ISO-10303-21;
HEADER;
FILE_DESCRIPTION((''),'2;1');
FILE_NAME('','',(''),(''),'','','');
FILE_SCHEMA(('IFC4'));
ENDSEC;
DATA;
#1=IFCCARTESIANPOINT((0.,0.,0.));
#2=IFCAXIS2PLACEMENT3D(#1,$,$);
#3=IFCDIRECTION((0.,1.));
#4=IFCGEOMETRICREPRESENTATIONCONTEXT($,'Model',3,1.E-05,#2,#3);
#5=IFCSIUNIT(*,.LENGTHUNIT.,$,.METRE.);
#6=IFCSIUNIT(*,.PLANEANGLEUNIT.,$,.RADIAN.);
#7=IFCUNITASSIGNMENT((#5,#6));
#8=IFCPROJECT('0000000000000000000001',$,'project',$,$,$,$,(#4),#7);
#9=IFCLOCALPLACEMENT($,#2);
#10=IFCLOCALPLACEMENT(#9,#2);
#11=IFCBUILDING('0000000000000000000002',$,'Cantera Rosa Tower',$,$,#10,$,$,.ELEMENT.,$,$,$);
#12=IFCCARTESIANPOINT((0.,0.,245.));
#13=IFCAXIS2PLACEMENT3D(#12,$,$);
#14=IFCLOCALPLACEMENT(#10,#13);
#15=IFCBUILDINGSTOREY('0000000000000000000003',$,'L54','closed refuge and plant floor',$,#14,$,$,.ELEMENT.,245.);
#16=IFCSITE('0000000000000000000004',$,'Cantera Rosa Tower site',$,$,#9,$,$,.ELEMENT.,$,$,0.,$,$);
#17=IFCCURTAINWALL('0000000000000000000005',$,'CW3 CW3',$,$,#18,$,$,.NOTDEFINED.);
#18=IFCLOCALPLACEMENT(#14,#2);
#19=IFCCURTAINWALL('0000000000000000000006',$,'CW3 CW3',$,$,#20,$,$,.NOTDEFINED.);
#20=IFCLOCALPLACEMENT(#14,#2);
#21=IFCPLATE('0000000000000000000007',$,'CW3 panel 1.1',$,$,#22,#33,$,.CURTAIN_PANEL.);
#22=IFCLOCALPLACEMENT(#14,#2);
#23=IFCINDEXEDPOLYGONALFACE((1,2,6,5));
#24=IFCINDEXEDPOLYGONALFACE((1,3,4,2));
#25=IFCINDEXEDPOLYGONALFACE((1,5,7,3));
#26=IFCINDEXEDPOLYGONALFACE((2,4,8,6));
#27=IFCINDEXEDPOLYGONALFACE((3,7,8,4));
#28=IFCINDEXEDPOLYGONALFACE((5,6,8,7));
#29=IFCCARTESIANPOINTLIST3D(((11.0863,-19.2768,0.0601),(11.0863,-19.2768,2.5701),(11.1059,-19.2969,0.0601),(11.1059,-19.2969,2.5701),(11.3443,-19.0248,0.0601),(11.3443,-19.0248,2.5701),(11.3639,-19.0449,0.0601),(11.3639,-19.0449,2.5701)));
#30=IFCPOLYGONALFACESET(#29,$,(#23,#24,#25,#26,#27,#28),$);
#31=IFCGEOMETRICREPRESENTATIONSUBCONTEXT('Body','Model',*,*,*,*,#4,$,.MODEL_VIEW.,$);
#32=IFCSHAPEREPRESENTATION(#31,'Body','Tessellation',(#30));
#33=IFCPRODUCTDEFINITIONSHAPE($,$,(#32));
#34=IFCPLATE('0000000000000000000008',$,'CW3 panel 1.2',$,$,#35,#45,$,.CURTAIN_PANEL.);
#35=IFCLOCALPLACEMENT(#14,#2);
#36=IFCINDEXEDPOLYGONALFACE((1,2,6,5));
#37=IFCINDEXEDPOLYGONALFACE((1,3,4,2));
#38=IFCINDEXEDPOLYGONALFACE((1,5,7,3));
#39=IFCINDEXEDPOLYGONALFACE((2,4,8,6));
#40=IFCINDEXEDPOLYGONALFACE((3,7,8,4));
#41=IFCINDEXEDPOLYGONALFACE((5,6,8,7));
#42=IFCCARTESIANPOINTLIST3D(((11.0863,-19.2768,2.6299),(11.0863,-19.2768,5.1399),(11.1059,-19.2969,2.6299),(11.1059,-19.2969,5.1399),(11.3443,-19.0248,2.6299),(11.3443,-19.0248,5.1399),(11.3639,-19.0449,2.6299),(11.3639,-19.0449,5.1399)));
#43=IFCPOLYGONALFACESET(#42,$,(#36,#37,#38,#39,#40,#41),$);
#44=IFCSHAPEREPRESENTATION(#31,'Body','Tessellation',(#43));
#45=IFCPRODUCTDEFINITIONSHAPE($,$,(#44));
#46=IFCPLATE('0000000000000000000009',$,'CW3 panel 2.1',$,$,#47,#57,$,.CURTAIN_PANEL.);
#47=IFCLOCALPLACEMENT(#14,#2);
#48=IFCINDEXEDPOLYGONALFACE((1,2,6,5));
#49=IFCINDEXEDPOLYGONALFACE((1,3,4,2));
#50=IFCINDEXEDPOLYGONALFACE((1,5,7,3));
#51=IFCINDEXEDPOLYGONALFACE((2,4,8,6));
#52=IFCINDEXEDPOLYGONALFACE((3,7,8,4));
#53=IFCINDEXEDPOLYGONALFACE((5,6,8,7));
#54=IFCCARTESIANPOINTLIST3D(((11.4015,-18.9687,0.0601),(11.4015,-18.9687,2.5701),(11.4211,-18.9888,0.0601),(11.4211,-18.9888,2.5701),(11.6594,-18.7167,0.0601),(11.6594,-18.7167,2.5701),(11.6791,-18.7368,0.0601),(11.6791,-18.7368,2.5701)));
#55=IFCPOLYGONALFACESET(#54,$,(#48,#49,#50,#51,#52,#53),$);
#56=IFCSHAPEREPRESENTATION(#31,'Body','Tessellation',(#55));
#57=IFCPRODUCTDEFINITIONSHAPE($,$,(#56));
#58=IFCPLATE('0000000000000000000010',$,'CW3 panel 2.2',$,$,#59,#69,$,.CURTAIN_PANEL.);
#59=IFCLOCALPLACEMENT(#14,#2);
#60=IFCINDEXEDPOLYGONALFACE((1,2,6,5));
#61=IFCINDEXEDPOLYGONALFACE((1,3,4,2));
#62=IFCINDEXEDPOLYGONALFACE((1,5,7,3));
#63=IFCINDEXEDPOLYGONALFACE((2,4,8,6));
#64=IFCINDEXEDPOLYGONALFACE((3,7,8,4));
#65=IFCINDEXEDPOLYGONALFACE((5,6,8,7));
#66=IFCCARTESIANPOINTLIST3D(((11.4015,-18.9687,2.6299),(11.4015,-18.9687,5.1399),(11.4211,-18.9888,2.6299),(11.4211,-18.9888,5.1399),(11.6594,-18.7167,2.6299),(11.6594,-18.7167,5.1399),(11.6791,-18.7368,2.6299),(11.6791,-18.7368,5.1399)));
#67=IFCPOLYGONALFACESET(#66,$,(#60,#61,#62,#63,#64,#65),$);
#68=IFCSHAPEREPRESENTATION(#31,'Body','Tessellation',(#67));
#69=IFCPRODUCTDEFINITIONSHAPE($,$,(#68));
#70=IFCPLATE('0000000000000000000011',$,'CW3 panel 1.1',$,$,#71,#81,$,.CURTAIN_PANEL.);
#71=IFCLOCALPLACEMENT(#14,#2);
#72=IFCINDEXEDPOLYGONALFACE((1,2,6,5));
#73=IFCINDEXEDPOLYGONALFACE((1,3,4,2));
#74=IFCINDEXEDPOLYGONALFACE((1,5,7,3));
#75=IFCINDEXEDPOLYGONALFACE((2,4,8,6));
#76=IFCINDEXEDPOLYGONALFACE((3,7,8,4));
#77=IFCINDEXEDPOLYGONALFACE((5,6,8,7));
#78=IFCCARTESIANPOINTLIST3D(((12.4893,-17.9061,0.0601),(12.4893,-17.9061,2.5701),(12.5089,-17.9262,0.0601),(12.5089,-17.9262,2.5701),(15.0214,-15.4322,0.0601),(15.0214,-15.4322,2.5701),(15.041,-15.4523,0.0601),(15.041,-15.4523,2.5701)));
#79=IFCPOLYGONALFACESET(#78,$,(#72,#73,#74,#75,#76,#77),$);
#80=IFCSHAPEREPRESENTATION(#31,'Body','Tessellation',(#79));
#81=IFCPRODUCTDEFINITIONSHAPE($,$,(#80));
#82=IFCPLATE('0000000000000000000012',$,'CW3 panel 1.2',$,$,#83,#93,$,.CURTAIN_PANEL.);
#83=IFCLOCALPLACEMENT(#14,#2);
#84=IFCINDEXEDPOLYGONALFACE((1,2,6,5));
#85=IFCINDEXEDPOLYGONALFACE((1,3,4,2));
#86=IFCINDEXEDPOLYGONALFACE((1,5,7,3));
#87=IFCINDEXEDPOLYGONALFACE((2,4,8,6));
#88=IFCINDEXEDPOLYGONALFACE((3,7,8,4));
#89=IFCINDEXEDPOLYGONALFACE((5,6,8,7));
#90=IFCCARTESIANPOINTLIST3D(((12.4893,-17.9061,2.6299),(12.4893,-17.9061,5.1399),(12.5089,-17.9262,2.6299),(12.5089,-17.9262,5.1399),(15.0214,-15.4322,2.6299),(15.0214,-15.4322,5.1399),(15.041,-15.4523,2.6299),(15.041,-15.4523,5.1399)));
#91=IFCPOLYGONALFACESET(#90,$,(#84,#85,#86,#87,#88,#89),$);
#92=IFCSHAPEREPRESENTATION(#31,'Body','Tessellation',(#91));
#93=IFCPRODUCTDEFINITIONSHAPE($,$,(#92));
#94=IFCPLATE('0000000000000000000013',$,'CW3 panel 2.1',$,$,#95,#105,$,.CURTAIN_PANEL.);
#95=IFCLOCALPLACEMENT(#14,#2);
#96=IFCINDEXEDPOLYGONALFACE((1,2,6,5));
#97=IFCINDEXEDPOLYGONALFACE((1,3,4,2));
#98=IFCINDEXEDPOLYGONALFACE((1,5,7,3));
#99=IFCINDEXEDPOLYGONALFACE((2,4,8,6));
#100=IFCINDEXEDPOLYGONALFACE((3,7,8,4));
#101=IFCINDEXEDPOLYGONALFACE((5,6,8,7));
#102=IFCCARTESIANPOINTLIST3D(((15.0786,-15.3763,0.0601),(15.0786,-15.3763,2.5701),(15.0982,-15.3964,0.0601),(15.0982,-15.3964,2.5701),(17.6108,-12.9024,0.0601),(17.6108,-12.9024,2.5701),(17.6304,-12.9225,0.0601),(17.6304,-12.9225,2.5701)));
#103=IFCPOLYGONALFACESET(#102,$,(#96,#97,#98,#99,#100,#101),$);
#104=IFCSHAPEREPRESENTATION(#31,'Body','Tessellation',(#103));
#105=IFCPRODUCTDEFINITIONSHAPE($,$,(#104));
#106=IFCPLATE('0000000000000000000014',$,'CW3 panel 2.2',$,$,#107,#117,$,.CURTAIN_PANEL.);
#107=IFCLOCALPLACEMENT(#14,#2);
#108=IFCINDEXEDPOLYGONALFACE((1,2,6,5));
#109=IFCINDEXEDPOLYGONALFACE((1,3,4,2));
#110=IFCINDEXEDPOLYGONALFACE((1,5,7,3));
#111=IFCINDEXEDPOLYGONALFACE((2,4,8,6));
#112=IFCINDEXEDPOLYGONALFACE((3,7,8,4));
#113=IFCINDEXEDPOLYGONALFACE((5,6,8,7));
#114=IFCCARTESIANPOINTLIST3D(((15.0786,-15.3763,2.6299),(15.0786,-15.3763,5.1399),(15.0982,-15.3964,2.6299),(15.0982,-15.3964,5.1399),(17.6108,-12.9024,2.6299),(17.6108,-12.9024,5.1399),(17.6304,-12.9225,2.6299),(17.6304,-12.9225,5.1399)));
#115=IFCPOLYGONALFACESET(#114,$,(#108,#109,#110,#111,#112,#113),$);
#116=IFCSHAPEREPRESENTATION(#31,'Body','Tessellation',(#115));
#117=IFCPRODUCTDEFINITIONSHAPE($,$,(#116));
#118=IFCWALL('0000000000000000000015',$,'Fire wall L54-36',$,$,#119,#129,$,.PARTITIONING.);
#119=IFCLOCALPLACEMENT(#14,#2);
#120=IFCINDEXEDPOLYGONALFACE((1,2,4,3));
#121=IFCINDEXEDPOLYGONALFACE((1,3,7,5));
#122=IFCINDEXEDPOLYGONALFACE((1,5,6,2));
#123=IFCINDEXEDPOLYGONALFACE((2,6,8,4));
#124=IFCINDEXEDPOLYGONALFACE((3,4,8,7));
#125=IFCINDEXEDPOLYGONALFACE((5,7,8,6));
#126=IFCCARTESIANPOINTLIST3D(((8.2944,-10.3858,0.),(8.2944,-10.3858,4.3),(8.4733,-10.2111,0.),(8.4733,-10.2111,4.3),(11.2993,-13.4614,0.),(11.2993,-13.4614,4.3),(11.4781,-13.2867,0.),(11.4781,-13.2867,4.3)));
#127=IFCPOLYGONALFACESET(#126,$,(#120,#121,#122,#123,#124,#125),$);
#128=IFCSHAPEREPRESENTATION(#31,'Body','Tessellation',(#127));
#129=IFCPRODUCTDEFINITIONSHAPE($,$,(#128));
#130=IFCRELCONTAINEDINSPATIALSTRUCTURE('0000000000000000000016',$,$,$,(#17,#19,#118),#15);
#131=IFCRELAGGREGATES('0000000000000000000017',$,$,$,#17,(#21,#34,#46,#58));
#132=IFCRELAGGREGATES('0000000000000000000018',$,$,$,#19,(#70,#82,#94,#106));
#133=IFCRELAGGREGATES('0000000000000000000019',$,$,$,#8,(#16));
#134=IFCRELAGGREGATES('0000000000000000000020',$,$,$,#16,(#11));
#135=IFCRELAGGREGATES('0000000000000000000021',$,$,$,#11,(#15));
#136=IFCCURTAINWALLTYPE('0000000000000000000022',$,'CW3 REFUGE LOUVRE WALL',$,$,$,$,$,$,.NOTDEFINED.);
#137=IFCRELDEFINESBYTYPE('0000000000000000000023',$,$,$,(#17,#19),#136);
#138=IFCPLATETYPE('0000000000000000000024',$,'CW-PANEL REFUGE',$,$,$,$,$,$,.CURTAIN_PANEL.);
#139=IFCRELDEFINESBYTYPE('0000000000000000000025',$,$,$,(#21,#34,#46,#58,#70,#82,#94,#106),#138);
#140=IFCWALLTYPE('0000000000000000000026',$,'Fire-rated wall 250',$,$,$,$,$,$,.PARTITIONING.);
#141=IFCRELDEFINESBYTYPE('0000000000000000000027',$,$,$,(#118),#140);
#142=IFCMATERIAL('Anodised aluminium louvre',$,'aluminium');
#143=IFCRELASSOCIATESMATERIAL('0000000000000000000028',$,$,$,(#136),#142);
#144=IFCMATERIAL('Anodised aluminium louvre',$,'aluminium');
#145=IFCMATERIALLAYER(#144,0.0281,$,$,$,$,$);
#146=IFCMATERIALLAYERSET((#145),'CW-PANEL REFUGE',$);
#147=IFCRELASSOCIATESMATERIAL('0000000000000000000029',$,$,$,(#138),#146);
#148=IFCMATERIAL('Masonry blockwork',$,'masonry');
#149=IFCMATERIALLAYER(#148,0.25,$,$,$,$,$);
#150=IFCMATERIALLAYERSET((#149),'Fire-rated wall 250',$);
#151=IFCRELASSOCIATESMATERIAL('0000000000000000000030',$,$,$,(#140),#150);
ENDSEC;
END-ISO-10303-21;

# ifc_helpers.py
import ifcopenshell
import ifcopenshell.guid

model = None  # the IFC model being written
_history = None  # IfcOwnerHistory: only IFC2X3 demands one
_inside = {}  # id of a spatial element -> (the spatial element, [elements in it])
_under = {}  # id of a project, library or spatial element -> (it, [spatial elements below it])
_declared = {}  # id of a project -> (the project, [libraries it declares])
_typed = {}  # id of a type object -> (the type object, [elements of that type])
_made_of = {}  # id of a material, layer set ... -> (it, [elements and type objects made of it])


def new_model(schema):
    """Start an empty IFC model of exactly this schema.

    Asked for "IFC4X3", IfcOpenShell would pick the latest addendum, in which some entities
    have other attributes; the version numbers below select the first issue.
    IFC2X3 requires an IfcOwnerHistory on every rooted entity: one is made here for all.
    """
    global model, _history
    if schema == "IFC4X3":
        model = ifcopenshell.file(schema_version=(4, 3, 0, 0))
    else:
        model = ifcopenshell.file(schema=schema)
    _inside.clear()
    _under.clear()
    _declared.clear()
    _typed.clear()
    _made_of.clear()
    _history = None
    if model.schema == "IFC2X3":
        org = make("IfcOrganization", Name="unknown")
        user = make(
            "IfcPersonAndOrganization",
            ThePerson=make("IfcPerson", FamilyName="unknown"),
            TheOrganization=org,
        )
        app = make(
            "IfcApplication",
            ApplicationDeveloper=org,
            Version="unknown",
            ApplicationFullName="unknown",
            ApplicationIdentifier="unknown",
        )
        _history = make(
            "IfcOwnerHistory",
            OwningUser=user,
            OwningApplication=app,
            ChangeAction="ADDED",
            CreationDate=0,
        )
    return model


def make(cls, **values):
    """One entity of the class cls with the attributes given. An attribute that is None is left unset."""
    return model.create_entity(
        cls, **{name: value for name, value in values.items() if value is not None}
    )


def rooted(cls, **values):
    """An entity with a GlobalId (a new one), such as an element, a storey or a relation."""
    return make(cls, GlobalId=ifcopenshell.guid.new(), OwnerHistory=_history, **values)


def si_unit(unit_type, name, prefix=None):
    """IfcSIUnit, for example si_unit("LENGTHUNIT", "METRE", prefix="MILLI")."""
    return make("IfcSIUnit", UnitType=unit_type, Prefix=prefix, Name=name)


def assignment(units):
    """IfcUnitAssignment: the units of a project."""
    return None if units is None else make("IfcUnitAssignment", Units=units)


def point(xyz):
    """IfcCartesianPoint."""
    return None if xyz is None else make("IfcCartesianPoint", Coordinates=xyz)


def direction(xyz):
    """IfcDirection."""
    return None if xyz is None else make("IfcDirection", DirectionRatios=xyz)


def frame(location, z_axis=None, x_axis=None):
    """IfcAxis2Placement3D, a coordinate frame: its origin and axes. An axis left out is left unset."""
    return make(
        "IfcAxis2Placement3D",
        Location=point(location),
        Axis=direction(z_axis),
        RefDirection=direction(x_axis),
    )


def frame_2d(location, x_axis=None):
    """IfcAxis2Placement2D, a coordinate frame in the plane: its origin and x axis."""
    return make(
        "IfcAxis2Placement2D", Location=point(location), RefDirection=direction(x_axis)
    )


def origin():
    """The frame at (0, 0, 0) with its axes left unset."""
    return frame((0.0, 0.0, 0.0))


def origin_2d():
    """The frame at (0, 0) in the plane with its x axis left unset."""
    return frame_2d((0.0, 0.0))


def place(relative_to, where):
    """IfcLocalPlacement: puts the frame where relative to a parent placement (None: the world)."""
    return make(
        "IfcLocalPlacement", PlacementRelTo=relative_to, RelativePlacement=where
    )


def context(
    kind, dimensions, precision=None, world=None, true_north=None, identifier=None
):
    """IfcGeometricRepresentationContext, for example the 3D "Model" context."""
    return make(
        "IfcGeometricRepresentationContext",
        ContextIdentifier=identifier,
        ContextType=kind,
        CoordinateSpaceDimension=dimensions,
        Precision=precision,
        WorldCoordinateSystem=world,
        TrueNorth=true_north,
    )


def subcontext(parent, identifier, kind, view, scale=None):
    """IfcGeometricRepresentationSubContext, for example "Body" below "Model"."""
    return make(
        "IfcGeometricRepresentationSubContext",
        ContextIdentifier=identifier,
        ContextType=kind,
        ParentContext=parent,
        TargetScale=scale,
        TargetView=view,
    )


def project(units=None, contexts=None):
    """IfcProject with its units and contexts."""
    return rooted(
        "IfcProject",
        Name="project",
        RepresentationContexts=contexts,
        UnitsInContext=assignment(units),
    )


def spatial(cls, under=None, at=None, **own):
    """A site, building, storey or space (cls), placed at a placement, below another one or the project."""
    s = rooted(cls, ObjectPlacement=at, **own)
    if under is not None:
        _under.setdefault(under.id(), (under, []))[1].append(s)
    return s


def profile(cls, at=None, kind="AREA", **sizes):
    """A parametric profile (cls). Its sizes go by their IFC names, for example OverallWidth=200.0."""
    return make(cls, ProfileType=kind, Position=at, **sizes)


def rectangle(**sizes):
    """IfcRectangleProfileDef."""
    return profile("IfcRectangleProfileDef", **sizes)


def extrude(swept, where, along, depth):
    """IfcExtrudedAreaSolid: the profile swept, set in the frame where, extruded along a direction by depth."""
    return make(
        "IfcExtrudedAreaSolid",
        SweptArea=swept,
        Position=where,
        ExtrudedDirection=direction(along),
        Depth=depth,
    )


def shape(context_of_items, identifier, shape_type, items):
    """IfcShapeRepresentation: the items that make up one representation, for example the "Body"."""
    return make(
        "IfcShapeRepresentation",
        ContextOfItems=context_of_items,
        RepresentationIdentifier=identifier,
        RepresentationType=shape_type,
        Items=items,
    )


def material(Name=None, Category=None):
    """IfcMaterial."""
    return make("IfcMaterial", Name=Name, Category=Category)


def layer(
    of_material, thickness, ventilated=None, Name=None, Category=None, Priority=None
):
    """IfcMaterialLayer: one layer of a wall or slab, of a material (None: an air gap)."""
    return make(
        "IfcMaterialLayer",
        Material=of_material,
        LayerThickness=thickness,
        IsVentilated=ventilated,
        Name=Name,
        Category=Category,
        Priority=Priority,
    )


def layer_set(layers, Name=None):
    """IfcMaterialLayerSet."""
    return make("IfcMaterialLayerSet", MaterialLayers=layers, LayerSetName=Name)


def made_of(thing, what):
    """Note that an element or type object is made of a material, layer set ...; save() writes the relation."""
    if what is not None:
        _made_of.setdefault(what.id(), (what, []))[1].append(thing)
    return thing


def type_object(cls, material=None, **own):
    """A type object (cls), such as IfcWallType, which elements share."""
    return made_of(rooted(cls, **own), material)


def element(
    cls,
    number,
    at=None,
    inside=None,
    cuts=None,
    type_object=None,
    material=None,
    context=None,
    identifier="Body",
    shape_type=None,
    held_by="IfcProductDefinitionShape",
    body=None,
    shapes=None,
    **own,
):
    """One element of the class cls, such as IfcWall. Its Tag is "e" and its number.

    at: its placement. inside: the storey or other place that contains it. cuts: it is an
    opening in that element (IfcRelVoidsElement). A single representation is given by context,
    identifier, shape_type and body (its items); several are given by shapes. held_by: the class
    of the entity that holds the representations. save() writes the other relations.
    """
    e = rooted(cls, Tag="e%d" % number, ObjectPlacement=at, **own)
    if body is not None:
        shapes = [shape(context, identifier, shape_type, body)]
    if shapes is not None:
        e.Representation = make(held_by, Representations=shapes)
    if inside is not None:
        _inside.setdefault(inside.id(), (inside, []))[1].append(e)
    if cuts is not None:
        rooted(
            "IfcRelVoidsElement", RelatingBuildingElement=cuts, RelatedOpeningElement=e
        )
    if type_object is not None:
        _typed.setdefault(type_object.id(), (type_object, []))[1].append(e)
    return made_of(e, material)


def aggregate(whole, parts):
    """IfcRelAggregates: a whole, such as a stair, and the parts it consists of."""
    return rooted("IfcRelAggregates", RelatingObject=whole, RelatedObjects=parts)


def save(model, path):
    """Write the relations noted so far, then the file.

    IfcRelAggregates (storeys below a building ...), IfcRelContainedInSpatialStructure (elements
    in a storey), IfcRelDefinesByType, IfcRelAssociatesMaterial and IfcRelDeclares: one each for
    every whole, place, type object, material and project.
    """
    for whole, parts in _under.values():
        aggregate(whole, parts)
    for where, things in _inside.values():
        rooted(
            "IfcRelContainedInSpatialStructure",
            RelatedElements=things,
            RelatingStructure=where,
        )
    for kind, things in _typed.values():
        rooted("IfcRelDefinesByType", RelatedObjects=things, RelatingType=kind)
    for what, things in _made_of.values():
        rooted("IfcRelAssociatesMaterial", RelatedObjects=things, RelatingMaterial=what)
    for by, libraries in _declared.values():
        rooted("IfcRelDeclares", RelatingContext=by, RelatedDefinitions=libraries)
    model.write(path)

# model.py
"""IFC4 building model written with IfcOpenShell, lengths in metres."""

from ifc_helpers import new_model, si_unit, direction, frame, frame_2d, origin, origin_2d, place, context, subcontext, project, spatial, rectangle, extrude, material, layer, layer_set, type_object, element, aggregate, save


model = new_model("IFC4")

# Units and contexts
model_context = context("Model", 3, precision=1e-05, world=origin(), true_north=direction((0.0, 1.0)))
body_context = subcontext(model_context, "Body", "Model", "MODEL_VIEW")
ifc_project = project(units=[si_unit("LENGTHUNIT", "METRE"), si_unit("PLANEANGLEUNIT", "RADIAN")], contexts=[model_context])

# Site, building, storey
site_placement = place(None, origin())
site = spatial("IfcSite", under=ifc_project, at=site_placement, Name="Cantera Rosa Tower site", CompositionType="ELEMENT", RefElevation=0.0)
building_placement = place(site_placement, origin())
building = spatial("IfcBuilding", under=site, at=building_placement, Name="Cantera Rosa Tower", CompositionType="ELEMENT")
storey_placement = place(building_placement, frame((0.0, 0.0, 245.0)))
storey = spatial("IfcBuildingStorey", under=building, at=storey_placement, Name="L54", Description="closed refuge and plant floor", CompositionType="ELEMENT", Elevation=245.0)

# Shared definitions
ifc_material_1 = material(Name="Anodised aluminium louvre", Category="aluminium")
curtain_wall_type = type_object("IfcCurtainWallType", Name="CW3 REFUGE LOUVRE WALL", PredefinedType="NOTDEFINED", material=ifc_material_1)

# Curtain walls
curtain_wall_1_placement = place(storey_placement, origin())
curtain_wall_1 = element("IfcCurtainWall", 1, at=curtain_wall_1_placement, inside=storey, type_object=curtain_wall_type, Name="CW3 CW3", PredefinedType="NOTDEFINED")
curtain_wall_2_placement = place(storey_placement, origin())
curtain_wall_2 = element("IfcCurtainWall", 2, at=curtain_wall_2_placement, inside=storey, type_object=curtain_wall_type, Name="CW3 CW3", PredefinedType="NOTDEFINED")

# Plates
ifc_material_2 = material(Name="Anodised aluminium louvre", Category="aluminium")
ifc_layer_1 = layer(ifc_material_2, 0.0281)
ifc_layer_set_1 = layer_set([ifc_layer_1], Name="CW-PANEL REFUGE")
plate_type = type_object("IfcPlateType", Name="CW-PANEL REFUGE", PredefinedType="CURTAIN_PANEL", material=ifc_layer_set_1)
plate_1_placement = place(storey_placement, frame((11.2251, -19.1609, 0.0601), z_axis=(0.0, 0.0, 1.0), x_axis=(0.715286, 0.698832, 0.0)))
plate_1 = element("IfcPlate", 3, at=plate_1_placement, type_object=plate_type, Name="CW3 panel 1.1", PredefinedType="CURTAIN_PANEL", context=body_context, shape_type="SweptSolid", body=[
    extrude(rectangle(XDim=0.3606, YDim=0.0281, at=origin_2d()), origin(), (0.0, 0.0, 1.0), 2.51),
])
plate_2_placement = place(storey_placement, frame((11.2251, -19.1609, 2.6299), z_axis=(0.0, 0.0, 1.0), x_axis=(0.715286, 0.698832, 0.0)))
plate_2 = element("IfcPlate", 4, at=plate_2_placement, type_object=plate_type, Name="CW3 panel 1.2", PredefinedType="CURTAIN_PANEL", context=body_context, shape_type="SweptSolid", body=[
    extrude(rectangle(XDim=0.3606, YDim=0.0281, at=origin_2d()), origin(), (0.0, 0.0, 1.0), 2.51),
])
plate_3_placement = place(storey_placement, frame((11.5403, -18.8528, 0.0601), z_axis=(0.0, 0.0, 1.0), x_axis=(0.715286, 0.698832, 0.0)))
plate_3 = element("IfcPlate", 5, at=plate_3_placement, type_object=plate_type, Name="CW3 panel 2.1", PredefinedType="CURTAIN_PANEL", context=body_context, shape_type="SweptSolid", body=[
    extrude(rectangle(XDim=0.3606, YDim=0.0281, at=origin_2d()), origin(), (0.0, 0.0, 1.0), 2.51),
])
plate_4_placement = place(storey_placement, frame((11.5403, -18.8528, 2.6299), z_axis=(0.0, 0.0, 1.0), x_axis=(0.715286, 0.698832, 0.0)))
plate_4 = element("IfcPlate", 6, at=plate_4_placement, type_object=plate_type, Name="CW3 panel 2.2", PredefinedType="CURTAIN_PANEL", context=body_context, shape_type="SweptSolid", body=[
    extrude(rectangle(XDim=0.3606, YDim=0.0281, at=origin_2d()), origin(), (0.0, 0.0, 1.0), 2.51),
])
aggregate(curtain_wall_1, [plate_1, plate_2, plate_3, plate_4])
plate_5_placement = place(storey_placement, frame((13.7651, -16.6792, 0.0601), z_axis=(0.0, 0.0, 1.0), x_axis=(0.715286, 0.698832, 0.0)))
plate_5 = element("IfcPlate", 7, at=plate_5_placement, type_object=plate_type, Name="CW3 panel 1.1", PredefinedType="CURTAIN_PANEL", context=body_context, shape_type="SweptSolid", body=[
    extrude(rectangle(XDim=3.54, YDim=0.0281, at=origin_2d()), origin(), (0.0, 0.0, 1.0), 2.51),
])
plate_6_placement = place(storey_placement, frame((13.7651, -16.6792, 2.6299), z_axis=(0.0, 0.0, 1.0), x_axis=(0.715286, 0.698832, 0.0)))
plate_6 = element("IfcPlate", 8, at=plate_6_placement, type_object=plate_type, Name="CW3 panel 1.2", PredefinedType="CURTAIN_PANEL", context=body_context, shape_type="SweptSolid", body=[
    extrude(rectangle(XDim=3.54, YDim=0.0281, at=origin_2d()), origin(), (0.0, 0.0, 1.0), 2.51),
])
plate_7_placement = place(storey_placement, frame((16.3545, -14.1494, 0.0601), z_axis=(0.0, 0.0, 1.0), x_axis=(0.715286, 0.698832, 0.0)))
plate_7 = element("IfcPlate", 9, at=plate_7_placement, type_object=plate_type, Name="CW3 panel 2.1", PredefinedType="CURTAIN_PANEL", context=body_context, shape_type="SweptSolid", body=[
    extrude(rectangle(XDim=3.54, YDim=0.0281, at=origin_2d()), origin(), (0.0, 0.0, 1.0), 2.51),
])
plate_8_placement = place(storey_placement, frame((16.3545, -14.1494, 2.6299), z_axis=(0.0, 0.0, 1.0), x_axis=(0.715286, 0.698832, 0.0)))
plate_8 = element("IfcPlate", 10, at=plate_8_placement, type_object=plate_type, Name="CW3 panel 2.2", PredefinedType="CURTAIN_PANEL", context=body_context, shape_type="SweptSolid", body=[
    extrude(rectangle(XDim=3.54, YDim=0.0281, at=origin_2d()), origin(), (0.0, 0.0, 1.0), 2.51),
])
aggregate(curtain_wall_2, [plate_5, plate_6, plate_7, plate_8])

# Wall
ifc_material_3 = material(Name="Masonry blockwork", Category="masonry")
ifc_layer_2 = layer(ifc_material_3, 0.25)
ifc_layer_set_2 = layer_set([ifc_layer_2], Name="Fire-rated wall 250")
wall_type = type_object("IfcWallType", Name="Fire-rated wall 250", PredefinedType="PARTITIONING", material=ifc_layer_set_2)
wall_placement = place(storey_placement, frame((11.3887, -13.374, 0.0), z_axis=(0.0, 0.0, 1.0), x_axis=(-0.698826, 0.715292, 0.0)))
element("IfcWall", 11, at=wall_placement, inside=storey, type_object=wall_type, Name="Fire wall L54-36", PredefinedType="PARTITIONING", context=body_context, shape_type="SweptSolid", body=[
    extrude(rectangle(XDim=4.2998, YDim=0.25, at=frame_2d((2.1499, 0.0))), origin(), (0.0, 0.0, 1.0), 4.3),
])

save(model, "model.ifc")
